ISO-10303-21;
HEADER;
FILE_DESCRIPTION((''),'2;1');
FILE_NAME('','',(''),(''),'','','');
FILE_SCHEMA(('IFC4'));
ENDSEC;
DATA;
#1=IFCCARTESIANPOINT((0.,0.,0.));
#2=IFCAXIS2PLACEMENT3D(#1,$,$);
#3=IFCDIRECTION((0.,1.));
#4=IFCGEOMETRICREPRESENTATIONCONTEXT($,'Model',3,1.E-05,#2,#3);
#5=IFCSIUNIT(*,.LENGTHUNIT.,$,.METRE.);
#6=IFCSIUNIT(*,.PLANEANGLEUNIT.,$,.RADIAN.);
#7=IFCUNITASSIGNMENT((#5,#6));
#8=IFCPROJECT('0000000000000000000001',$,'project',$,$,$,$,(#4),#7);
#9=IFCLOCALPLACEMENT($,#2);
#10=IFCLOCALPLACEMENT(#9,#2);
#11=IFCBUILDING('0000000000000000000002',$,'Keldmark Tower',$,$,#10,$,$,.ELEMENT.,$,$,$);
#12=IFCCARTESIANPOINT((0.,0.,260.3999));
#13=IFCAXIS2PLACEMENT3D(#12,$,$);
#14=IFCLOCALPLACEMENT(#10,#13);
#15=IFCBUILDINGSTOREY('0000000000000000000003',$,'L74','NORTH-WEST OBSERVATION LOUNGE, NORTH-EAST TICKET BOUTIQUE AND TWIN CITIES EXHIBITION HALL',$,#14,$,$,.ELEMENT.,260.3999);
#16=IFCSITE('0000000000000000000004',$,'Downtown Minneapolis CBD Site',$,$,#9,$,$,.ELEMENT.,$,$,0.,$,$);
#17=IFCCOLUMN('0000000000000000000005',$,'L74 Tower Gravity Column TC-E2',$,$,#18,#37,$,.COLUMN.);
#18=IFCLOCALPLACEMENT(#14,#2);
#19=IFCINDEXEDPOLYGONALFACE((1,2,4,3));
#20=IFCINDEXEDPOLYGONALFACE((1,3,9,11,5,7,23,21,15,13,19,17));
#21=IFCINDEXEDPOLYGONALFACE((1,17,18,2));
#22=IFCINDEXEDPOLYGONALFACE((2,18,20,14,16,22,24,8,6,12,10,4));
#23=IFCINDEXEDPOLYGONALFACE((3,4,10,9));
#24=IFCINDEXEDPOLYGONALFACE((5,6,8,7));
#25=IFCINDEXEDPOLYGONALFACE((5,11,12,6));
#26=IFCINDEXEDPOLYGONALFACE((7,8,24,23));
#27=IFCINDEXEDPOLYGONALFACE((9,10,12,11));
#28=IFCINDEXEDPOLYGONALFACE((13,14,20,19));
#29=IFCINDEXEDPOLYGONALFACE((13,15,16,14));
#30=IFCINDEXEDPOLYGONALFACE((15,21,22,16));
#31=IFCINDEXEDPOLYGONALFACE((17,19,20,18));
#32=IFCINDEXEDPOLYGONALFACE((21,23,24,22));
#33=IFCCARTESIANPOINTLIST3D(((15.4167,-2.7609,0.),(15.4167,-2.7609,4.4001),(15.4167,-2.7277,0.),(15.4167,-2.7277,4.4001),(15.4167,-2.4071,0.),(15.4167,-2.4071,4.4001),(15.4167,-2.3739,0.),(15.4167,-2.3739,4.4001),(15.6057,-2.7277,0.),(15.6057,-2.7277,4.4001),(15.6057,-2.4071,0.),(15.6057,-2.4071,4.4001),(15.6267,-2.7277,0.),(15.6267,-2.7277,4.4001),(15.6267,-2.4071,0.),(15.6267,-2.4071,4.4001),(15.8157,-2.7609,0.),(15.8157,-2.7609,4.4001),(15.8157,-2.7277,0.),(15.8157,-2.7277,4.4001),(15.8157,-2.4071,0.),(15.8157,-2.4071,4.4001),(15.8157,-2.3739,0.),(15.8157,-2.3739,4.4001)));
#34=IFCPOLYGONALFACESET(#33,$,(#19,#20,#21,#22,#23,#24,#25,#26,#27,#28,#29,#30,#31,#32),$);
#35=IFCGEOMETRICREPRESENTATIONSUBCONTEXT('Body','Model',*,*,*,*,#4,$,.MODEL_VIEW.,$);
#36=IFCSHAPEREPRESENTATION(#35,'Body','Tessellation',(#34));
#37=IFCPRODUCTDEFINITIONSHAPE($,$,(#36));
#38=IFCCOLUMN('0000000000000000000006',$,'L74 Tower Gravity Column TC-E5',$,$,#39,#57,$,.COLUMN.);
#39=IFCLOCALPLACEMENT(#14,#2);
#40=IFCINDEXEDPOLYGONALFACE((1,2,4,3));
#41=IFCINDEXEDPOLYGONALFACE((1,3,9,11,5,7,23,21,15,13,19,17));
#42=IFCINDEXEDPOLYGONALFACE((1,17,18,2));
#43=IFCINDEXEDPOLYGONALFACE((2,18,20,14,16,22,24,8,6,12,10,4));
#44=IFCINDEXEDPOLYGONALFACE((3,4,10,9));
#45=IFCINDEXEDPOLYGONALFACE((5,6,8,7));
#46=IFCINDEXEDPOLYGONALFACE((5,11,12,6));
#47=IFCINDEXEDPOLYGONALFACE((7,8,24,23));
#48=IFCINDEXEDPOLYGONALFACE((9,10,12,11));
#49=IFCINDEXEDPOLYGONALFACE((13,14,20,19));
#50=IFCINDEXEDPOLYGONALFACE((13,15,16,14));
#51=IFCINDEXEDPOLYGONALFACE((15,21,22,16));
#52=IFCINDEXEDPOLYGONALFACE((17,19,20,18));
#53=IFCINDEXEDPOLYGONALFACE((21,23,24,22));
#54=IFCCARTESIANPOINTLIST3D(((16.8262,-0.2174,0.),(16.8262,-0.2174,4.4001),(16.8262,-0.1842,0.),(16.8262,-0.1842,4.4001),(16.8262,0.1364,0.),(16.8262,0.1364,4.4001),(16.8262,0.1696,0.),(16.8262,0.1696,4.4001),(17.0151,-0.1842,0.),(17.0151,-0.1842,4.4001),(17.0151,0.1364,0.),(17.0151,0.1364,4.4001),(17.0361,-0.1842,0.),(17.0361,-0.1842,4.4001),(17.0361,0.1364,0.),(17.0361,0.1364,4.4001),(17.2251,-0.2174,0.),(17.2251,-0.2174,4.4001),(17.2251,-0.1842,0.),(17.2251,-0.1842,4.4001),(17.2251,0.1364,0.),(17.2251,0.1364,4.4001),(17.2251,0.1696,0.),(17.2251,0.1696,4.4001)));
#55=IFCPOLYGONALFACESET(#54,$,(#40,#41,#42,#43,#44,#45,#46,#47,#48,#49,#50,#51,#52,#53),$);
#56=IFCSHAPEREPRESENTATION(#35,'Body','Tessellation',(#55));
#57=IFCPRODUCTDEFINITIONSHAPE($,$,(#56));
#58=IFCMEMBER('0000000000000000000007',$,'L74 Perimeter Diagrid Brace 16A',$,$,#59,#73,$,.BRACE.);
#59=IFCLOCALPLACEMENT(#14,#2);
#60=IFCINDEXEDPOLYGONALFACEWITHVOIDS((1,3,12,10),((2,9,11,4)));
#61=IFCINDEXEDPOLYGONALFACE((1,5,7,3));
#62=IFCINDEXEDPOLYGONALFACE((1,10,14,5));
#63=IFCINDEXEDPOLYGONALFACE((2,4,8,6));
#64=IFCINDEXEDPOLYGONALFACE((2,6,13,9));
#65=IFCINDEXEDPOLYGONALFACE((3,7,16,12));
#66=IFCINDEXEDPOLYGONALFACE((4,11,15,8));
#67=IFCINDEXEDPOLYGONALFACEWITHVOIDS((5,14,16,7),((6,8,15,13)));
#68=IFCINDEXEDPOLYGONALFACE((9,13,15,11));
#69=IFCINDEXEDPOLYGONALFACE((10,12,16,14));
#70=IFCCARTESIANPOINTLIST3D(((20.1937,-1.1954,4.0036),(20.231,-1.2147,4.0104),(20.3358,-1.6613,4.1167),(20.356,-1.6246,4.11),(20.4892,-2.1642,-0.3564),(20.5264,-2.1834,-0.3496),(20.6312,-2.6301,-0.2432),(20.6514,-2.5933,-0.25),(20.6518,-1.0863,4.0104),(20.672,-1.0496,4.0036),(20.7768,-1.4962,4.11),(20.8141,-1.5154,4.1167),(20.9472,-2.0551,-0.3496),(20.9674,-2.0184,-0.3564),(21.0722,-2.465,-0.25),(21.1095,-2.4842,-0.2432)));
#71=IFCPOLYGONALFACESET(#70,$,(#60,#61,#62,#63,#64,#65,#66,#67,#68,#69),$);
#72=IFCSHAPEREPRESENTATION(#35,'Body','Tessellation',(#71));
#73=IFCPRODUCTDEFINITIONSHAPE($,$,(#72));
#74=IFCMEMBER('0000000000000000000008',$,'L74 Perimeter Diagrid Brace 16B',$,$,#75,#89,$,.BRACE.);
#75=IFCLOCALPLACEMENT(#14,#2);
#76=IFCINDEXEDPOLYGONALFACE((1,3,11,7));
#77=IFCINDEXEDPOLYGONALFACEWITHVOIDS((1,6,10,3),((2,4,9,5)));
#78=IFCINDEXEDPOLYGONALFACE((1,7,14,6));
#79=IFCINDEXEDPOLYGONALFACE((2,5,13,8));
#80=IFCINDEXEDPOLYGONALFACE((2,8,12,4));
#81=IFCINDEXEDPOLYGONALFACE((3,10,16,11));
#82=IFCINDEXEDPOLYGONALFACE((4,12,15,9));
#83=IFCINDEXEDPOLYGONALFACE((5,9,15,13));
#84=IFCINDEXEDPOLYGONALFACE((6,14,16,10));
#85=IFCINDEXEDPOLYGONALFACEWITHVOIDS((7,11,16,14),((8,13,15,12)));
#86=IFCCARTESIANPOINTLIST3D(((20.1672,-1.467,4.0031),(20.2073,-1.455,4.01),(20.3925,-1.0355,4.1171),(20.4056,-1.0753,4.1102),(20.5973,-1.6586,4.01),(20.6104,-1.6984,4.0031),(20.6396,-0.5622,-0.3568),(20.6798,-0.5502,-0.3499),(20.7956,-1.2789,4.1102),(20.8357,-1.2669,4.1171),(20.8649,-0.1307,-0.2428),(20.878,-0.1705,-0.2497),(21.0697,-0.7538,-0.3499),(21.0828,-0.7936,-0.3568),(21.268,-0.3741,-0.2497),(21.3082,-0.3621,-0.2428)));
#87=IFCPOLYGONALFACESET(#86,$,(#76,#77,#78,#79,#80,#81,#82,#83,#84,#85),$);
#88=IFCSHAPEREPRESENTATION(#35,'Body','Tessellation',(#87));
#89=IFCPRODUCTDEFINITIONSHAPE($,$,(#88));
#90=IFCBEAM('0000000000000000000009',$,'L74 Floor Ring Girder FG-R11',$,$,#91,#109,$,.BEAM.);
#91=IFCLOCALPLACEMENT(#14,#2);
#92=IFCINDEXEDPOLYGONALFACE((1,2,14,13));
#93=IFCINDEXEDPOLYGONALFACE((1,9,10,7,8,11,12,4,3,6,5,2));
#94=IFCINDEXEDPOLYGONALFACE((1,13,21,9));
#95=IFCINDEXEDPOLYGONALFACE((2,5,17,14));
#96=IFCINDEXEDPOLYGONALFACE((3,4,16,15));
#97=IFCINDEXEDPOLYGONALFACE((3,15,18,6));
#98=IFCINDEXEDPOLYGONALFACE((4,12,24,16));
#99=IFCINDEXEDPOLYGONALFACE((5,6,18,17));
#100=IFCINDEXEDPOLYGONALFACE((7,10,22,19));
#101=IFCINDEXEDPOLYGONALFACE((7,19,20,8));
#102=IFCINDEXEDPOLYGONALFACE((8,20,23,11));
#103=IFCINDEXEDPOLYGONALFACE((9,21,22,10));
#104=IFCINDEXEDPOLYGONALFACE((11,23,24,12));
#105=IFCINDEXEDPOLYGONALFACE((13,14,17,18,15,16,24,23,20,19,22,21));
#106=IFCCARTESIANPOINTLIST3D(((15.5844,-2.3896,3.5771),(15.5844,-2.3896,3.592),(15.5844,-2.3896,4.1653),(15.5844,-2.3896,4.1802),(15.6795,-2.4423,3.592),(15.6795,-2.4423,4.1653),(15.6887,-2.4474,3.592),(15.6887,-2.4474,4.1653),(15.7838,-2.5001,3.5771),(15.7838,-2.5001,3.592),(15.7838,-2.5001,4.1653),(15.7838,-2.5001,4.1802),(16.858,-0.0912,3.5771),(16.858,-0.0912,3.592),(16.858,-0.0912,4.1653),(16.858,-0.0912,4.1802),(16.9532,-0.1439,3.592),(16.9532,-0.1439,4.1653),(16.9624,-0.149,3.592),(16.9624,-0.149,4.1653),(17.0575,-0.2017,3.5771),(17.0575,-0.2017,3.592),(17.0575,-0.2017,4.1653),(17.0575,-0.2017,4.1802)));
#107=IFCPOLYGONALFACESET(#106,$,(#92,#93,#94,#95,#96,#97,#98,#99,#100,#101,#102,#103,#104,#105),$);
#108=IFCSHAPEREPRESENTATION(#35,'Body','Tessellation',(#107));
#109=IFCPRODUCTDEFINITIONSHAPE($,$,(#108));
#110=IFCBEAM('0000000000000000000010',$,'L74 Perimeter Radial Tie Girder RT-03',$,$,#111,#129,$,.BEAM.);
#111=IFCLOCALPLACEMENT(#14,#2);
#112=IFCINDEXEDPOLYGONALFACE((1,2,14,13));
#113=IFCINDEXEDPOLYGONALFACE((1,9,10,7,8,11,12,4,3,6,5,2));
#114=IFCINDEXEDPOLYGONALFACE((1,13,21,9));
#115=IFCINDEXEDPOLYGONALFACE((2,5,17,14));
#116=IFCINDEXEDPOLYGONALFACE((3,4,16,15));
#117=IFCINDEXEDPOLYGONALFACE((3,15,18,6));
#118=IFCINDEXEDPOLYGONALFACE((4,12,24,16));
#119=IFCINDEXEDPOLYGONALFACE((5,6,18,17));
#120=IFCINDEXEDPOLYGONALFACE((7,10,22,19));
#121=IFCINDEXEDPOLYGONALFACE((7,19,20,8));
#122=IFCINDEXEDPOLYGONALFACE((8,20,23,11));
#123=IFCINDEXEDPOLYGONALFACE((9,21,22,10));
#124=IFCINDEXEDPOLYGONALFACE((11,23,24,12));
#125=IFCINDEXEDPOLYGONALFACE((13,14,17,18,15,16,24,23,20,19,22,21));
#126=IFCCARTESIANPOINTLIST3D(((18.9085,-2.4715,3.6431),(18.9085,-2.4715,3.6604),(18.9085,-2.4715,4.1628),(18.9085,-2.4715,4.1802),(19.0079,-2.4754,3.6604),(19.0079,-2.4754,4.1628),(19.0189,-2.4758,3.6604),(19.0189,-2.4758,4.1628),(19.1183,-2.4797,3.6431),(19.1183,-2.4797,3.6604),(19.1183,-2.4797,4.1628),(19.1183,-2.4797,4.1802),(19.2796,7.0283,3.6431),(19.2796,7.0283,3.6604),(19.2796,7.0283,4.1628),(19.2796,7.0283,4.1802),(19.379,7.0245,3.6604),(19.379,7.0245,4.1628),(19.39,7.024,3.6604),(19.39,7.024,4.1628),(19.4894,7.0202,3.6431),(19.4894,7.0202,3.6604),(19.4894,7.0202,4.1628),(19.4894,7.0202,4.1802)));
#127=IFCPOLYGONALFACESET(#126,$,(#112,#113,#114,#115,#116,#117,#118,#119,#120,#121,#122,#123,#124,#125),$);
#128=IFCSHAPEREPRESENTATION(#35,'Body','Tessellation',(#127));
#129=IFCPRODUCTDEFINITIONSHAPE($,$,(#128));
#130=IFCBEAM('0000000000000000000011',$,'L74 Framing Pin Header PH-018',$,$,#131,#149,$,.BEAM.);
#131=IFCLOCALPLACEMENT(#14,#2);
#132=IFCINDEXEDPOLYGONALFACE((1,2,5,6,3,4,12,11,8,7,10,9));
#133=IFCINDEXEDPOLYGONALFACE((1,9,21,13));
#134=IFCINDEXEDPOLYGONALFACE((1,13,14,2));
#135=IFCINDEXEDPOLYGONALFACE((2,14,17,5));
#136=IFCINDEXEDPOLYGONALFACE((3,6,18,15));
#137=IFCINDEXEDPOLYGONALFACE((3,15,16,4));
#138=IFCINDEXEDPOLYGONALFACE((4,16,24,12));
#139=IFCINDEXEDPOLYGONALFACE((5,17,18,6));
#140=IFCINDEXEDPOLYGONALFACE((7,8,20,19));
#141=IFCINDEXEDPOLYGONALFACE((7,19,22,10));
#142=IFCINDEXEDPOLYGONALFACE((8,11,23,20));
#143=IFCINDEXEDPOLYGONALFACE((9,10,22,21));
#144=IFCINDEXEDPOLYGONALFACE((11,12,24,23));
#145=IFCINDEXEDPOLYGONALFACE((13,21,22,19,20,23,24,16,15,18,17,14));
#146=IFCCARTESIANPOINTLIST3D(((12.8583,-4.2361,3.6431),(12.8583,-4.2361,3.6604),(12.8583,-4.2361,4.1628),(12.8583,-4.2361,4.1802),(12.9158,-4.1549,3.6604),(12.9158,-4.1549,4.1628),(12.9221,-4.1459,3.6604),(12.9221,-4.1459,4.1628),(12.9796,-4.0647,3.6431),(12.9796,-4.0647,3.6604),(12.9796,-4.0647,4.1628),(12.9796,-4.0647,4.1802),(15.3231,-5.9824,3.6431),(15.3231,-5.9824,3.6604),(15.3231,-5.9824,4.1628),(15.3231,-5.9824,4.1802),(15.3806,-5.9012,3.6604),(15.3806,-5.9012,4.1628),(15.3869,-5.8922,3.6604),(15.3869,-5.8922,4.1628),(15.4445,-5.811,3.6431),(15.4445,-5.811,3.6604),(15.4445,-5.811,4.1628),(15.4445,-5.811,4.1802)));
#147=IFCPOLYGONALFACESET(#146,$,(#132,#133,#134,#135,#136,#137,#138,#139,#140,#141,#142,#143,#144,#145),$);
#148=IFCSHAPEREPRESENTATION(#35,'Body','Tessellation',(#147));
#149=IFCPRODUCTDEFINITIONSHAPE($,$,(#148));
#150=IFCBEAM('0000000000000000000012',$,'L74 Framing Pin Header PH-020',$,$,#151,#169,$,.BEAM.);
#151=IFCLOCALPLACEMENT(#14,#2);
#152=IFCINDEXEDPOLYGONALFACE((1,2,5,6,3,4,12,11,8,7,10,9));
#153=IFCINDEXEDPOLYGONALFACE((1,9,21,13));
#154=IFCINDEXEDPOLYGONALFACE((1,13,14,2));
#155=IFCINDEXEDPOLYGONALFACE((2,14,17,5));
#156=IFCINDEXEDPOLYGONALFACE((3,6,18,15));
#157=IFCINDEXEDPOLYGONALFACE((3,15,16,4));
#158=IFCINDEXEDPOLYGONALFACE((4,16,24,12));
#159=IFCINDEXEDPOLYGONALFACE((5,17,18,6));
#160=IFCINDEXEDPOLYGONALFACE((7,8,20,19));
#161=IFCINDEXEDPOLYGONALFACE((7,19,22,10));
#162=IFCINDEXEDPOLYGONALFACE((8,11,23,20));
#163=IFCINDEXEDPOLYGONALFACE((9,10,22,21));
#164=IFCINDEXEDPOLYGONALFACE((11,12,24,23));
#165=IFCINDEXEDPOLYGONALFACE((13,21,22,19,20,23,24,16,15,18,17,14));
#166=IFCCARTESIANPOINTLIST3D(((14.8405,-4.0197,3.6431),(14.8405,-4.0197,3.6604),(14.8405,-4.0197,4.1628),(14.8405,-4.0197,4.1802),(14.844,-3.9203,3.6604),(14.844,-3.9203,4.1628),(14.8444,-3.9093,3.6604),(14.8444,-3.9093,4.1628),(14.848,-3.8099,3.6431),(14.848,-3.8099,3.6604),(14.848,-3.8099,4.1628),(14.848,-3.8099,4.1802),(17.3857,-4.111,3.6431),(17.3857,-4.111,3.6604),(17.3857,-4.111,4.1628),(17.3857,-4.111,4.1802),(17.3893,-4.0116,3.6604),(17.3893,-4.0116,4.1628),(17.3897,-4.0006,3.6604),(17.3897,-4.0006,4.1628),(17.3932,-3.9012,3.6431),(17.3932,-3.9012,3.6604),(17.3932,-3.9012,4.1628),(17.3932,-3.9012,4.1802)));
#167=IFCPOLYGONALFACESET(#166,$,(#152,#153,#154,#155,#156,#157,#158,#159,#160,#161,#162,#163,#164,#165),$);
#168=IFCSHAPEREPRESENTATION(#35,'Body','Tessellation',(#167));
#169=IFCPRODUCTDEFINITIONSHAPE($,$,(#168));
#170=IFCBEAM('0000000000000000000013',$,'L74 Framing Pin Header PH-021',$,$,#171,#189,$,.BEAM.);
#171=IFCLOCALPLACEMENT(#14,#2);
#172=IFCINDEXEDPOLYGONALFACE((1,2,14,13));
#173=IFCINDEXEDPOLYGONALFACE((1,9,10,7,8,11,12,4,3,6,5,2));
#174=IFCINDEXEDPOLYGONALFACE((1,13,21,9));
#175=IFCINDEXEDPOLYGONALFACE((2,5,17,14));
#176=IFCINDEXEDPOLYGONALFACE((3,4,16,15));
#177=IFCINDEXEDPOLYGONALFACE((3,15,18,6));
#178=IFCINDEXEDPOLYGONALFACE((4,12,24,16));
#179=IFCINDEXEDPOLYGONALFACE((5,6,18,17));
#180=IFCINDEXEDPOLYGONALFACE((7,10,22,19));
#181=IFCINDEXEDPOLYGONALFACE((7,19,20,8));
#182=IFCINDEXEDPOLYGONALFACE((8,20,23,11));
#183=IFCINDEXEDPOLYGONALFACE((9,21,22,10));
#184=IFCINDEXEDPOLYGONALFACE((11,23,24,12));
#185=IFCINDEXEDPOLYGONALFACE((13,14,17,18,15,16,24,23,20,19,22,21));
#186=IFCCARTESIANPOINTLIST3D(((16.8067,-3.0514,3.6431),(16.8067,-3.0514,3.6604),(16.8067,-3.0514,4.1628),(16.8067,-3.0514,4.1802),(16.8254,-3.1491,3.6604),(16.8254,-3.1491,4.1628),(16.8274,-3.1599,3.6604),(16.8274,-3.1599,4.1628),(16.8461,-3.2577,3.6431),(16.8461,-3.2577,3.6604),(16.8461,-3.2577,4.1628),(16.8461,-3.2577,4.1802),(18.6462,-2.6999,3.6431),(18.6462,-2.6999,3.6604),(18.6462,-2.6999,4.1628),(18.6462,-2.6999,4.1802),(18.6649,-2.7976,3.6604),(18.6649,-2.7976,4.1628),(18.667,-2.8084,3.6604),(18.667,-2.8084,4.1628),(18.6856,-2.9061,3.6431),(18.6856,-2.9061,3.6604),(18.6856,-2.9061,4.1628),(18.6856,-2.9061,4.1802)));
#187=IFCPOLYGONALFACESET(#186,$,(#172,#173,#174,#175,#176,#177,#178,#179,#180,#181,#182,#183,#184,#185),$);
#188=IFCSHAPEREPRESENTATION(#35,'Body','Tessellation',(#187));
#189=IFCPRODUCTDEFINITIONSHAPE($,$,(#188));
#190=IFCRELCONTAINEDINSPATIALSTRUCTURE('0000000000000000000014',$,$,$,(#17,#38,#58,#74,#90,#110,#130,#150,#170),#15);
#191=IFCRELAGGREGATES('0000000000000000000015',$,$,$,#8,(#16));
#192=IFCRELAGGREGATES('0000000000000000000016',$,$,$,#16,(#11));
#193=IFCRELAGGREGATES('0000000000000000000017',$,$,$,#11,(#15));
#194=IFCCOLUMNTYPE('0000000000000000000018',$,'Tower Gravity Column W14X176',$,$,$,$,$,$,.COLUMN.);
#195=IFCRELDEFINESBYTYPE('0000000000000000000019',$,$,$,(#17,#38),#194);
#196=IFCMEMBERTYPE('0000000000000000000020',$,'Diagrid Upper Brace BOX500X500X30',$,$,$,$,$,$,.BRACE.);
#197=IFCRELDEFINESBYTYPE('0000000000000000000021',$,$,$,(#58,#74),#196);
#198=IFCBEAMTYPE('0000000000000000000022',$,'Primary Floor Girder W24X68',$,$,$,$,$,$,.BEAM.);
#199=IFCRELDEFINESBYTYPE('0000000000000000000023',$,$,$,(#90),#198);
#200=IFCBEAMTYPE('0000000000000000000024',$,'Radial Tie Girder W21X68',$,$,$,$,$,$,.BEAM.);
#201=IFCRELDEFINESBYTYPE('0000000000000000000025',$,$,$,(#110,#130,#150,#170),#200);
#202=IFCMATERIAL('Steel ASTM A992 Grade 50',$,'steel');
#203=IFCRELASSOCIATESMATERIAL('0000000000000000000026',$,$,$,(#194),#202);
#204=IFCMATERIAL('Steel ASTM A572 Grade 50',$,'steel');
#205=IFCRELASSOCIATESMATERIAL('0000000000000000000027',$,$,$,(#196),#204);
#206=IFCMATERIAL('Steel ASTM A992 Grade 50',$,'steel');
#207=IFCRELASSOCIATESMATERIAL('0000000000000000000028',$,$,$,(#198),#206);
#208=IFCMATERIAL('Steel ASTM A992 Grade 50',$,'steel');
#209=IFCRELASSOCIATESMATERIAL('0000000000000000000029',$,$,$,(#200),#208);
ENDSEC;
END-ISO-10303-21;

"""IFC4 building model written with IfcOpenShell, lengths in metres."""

from ifc_helpers import new_model, si_unit, direction, frame, origin, origin_2d, place, context, subcontext, project, spatial, hollow_rectangle, i_section, extrude, material, material_profile, profile_set, type_object, element, save


model = new_model("IFC4")

# Units and contexts
model_context = context("Model", 3, precision=1e-05, world=origin(), true_north=direction((0.0, 1.0)))
body_context = subcontext(model_context, "Body", "Model", "MODEL_VIEW")
ifc_project = project(units=[si_unit("LENGTHUNIT", "METRE"), si_unit("PLANEANGLEUNIT", "RADIAN")], contexts=[model_context])

# Site, building, storey
site_placement = place(None, origin())
site = spatial("IfcSite", under=ifc_project, at=site_placement, Name="Downtown Minneapolis CBD Site", CompositionType="ELEMENT", RefElevation=0.0)
building_placement = place(site_placement, origin())
building = spatial("IfcBuilding", under=site, at=building_placement, Name="Keldmark Tower", CompositionType="ELEMENT")
storey_placement = place(building_placement, frame((0.0, 0.0, 260.3999)))
storey = spatial("IfcBuildingStorey", under=building, at=storey_placement, Name="L74", Description="NORTH-WEST OBSERVATION LOUNGE, NORTH-EAST TICKET BOUTIQUE AND TWIN CITIES EXHIBITION HALL", CompositionType="ELEMENT", Elevation=260.3999)

# Columns
ifc_material_1 = material(Name="Steel ASTM A992 Grade 50", Category="steel")
ifc_material_profile_1 = material_profile(ifc_material_1, i_section(OverallWidth=0.3989, OverallDepth=0.387, WebThickness=0.021, FlangeThickness=0.0332, at=origin_2d()), Name="W14X176")
ifc_profile_set_1 = profile_set([ifc_material_profile_1], Name="Steel ASTM A992 Grade 50")
column_type = type_object("IfcColumnType", Name="Tower Gravity Column W14X176", PredefinedType="COLUMN", material=ifc_profile_set_1)
for number, where, z_axis, x_axis, name in (
    (1, (15.6162, -2.5674, 0.0), (0.0, 0.0, 1.0), (1.0, 0.0, 0.0), "L74 Tower Gravity Column TC-E2"),
    (2, (17.0256, -0.0239, 0.0), (0.0, 0.0, 1.0), (1.0, 0.0, 0.0), "L74 Tower Gravity Column TC-E5"),
):
    element("IfcColumn", number, at=place(storey_placement, frame(where, z_axis=z_axis, x_axis=x_axis)), inside=storey, type_object=column_type, Name=name, PredefinedType="COLUMN", context=body_context, shape_type="SweptSolid", body=[
        extrude(i_section(OverallWidth=0.3989, OverallDepth=0.387, WebThickness=0.021, FlangeThickness=0.0332, at=origin_2d()), origin(), (0.0, 0.0, 1.0), 4.4001),
    ])

# Members
ifc_material_2 = material(Name="Steel ASTM A572 Grade 50", Category="steel")
ifc_material_profile_2 = material_profile(ifc_material_2, hollow_rectangle(XDim=0.5, YDim=0.5, WallThickness=0.03, at=origin_2d()), Name="BOX500X500X30")
ifc_profile_set_2 = profile_set([ifc_material_profile_2], Name="Steel ASTM A572 Grade 50")
member_type = type_object("IfcMemberType", Name="Diagrid Upper Brace BOX500X500X30", PredefinedType="BRACE", material=ifc_profile_set_2)
member_1_placement = place(storey_placement, frame((20.7993, -2.3242, -0.2998), z_axis=(-0.065999, 0.216434, 0.974064), x_axis=(-0.956516, -0.29168, 0.0)))
element("IfcMember", 3, at=member_1_placement, inside=storey, type_object=member_type, Name="L74 Perimeter Diagrid Brace 16A", PredefinedType="BRACE", context=body_context, shape_type="SweptSolid", body=[
    extrude(hollow_rectangle(XDim=0.5, YDim=0.5, WallThickness=0.03, at=origin_2d()), origin(), (0.0, 0.0, 1.0), 4.4761),
])
member_2_placement = place(storey_placement, frame((20.9739, -0.4622, -0.2998), z_axis=(-0.105502, -0.202063, 0.973673), x_axis=(0.886444, -0.462836, 0.0)))
element("IfcMember", 4, at=member_2_placement, inside=storey, type_object=member_type, Name="L74 Perimeter Diagrid Brace 16B", PredefinedType="BRACE", context=body_context, shape_type="SweptSolid", body=[
    extrude(hollow_rectangle(XDim=0.5, YDim=0.5, WallThickness=0.03, at=origin_2d()), origin(), (0.0, 0.0, 1.0), 4.4778),
])

# Beams
ifc_material_3 = material(Name="Steel ASTM A992 Grade 50", Category="steel")
ifc_material_profile_3 = material_profile(ifc_material_3, i_section(OverallWidth=0.228, OverallDepth=0.603, WebThickness=0.0105, FlangeThickness=0.0149, at=origin_2d()), Name="W24X68")
ifc_profile_set_3 = profile_set([ifc_material_profile_3], Name="Steel ASTM A992 Grade 50")
beam_type_1 = type_object("IfcBeamType", Name="Primary Floor Girder W24X68", PredefinedType="BEAM", material=ifc_profile_set_3)
beam_1_placement = place(storey_placement, frame((15.6841, -2.4448, 3.8787), z_axis=(0.48472, 0.87467, 0.0), x_axis=(-0.87467, 0.48472, 0.0)))
element("IfcBeam", 5, at=beam_1_placement, inside=storey, type_object=beam_type_1, Name="L74 Floor Ring Girder FG-R11", PredefinedType="BEAM", context=body_context, shape_type="SweptSolid", body=[
    extrude(i_section(OverallWidth=0.228, OverallDepth=0.603, WebThickness=0.0105, FlangeThickness=0.0149, at=origin_2d()), origin(), (0.0, 0.0, 1.0), 2.6277),
])
ifc_material_4 = material(Name="Steel ASTM A992 Grade 50", Category="steel")
ifc_material_profile_4 = material_profile(ifc_material_4, i_section(OverallWidth=0.21, OverallDepth=0.5371, WebThickness=0.011, FlangeThickness=0.0173, at=origin_2d()), Name="W21X68")
ifc_profile_set_4 = profile_set([ifc_material_profile_4], Name="Steel ASTM A992 Grade 50")
beam_type_2 = type_object("IfcBeamType", Name="Radial Tie Girder W21X68", PredefinedType="BEAM", material=ifc_profile_set_4)
beam_2_placement = place(storey_placement, frame((19.0134, -2.4756, 3.9116), z_axis=(0.039034, 0.999238, 0.0), x_axis=(-0.999238, 0.039034, 0.0)))
element("IfcBeam", 6, at=beam_2_placement, inside=storey, type_object=beam_type_2, Name="L74 Perimeter Radial Tie Girder RT-03", PredefinedType="BEAM", context=body_context, shape_type="SweptSolid", body=[
    extrude(i_section(OverallWidth=0.21, OverallDepth=0.5371, WebThickness=0.011, FlangeThickness=0.0173, at=origin_2d()), origin(), (0.0, 0.0, 1.0), 9.5071),
])
beam_3_placement = place(storey_placement, frame((12.9189, -4.1504, 3.9116), z_axis=(0.815961, -0.578107, 0.0), x_axis=(0.578107, 0.815961, 0.0)))
element("IfcBeam", 7, at=beam_3_placement, inside=storey, type_object=beam_type_2, Name="L74 Framing Pin Header PH-018", PredefinedType="BEAM", context=body_context, shape_type="SweptSolid", body=[
    extrude(i_section(OverallWidth=0.21, OverallDepth=0.5371, WebThickness=0.011, FlangeThickness=0.0173, at=origin_2d()), origin(), (0.0, 0.0, 1.0), 3.0208),
])
beam_4_placement = place(storey_placement, frame((14.8442, -3.9148, 3.9116), z_axis=(0.999357, -0.035852, 0.0), x_axis=(0.035852, 0.999357, 0.0)))
element("IfcBeam", 8, at=beam_4_placement, inside=storey, type_object=beam_type_2, Name="L74 Framing Pin Header PH-020", PredefinedType="BEAM", context=body_context, shape_type="SweptSolid", body=[
    extrude(i_section(OverallWidth=0.21, OverallDepth=0.5371, WebThickness=0.011, FlangeThickness=0.0173, at=origin_2d()), origin(), (0.0, 0.0, 1.0), 2.5469),
])
beam_5_placement = place(storey_placement, frame((16.8264, -3.1545, 3.9116), z_axis=(0.982224, 0.187711, 0.0), x_axis=(-0.187711, 0.982224, 0.0)))
element("IfcBeam", 9, at=beam_5_placement, inside=storey, type_object=beam_type_2, Name="L74 Framing Pin Header PH-021", PredefinedType="BEAM", context=body_context, shape_type="SweptSolid", body=[
    extrude(i_section(OverallWidth=0.21, OverallDepth=0.5371, WebThickness=0.011, FlangeThickness=0.0173, at=origin_2d()), origin(), (0.0, 0.0, 1.0), 1.8728),
])

save(model, "model.ifc")
